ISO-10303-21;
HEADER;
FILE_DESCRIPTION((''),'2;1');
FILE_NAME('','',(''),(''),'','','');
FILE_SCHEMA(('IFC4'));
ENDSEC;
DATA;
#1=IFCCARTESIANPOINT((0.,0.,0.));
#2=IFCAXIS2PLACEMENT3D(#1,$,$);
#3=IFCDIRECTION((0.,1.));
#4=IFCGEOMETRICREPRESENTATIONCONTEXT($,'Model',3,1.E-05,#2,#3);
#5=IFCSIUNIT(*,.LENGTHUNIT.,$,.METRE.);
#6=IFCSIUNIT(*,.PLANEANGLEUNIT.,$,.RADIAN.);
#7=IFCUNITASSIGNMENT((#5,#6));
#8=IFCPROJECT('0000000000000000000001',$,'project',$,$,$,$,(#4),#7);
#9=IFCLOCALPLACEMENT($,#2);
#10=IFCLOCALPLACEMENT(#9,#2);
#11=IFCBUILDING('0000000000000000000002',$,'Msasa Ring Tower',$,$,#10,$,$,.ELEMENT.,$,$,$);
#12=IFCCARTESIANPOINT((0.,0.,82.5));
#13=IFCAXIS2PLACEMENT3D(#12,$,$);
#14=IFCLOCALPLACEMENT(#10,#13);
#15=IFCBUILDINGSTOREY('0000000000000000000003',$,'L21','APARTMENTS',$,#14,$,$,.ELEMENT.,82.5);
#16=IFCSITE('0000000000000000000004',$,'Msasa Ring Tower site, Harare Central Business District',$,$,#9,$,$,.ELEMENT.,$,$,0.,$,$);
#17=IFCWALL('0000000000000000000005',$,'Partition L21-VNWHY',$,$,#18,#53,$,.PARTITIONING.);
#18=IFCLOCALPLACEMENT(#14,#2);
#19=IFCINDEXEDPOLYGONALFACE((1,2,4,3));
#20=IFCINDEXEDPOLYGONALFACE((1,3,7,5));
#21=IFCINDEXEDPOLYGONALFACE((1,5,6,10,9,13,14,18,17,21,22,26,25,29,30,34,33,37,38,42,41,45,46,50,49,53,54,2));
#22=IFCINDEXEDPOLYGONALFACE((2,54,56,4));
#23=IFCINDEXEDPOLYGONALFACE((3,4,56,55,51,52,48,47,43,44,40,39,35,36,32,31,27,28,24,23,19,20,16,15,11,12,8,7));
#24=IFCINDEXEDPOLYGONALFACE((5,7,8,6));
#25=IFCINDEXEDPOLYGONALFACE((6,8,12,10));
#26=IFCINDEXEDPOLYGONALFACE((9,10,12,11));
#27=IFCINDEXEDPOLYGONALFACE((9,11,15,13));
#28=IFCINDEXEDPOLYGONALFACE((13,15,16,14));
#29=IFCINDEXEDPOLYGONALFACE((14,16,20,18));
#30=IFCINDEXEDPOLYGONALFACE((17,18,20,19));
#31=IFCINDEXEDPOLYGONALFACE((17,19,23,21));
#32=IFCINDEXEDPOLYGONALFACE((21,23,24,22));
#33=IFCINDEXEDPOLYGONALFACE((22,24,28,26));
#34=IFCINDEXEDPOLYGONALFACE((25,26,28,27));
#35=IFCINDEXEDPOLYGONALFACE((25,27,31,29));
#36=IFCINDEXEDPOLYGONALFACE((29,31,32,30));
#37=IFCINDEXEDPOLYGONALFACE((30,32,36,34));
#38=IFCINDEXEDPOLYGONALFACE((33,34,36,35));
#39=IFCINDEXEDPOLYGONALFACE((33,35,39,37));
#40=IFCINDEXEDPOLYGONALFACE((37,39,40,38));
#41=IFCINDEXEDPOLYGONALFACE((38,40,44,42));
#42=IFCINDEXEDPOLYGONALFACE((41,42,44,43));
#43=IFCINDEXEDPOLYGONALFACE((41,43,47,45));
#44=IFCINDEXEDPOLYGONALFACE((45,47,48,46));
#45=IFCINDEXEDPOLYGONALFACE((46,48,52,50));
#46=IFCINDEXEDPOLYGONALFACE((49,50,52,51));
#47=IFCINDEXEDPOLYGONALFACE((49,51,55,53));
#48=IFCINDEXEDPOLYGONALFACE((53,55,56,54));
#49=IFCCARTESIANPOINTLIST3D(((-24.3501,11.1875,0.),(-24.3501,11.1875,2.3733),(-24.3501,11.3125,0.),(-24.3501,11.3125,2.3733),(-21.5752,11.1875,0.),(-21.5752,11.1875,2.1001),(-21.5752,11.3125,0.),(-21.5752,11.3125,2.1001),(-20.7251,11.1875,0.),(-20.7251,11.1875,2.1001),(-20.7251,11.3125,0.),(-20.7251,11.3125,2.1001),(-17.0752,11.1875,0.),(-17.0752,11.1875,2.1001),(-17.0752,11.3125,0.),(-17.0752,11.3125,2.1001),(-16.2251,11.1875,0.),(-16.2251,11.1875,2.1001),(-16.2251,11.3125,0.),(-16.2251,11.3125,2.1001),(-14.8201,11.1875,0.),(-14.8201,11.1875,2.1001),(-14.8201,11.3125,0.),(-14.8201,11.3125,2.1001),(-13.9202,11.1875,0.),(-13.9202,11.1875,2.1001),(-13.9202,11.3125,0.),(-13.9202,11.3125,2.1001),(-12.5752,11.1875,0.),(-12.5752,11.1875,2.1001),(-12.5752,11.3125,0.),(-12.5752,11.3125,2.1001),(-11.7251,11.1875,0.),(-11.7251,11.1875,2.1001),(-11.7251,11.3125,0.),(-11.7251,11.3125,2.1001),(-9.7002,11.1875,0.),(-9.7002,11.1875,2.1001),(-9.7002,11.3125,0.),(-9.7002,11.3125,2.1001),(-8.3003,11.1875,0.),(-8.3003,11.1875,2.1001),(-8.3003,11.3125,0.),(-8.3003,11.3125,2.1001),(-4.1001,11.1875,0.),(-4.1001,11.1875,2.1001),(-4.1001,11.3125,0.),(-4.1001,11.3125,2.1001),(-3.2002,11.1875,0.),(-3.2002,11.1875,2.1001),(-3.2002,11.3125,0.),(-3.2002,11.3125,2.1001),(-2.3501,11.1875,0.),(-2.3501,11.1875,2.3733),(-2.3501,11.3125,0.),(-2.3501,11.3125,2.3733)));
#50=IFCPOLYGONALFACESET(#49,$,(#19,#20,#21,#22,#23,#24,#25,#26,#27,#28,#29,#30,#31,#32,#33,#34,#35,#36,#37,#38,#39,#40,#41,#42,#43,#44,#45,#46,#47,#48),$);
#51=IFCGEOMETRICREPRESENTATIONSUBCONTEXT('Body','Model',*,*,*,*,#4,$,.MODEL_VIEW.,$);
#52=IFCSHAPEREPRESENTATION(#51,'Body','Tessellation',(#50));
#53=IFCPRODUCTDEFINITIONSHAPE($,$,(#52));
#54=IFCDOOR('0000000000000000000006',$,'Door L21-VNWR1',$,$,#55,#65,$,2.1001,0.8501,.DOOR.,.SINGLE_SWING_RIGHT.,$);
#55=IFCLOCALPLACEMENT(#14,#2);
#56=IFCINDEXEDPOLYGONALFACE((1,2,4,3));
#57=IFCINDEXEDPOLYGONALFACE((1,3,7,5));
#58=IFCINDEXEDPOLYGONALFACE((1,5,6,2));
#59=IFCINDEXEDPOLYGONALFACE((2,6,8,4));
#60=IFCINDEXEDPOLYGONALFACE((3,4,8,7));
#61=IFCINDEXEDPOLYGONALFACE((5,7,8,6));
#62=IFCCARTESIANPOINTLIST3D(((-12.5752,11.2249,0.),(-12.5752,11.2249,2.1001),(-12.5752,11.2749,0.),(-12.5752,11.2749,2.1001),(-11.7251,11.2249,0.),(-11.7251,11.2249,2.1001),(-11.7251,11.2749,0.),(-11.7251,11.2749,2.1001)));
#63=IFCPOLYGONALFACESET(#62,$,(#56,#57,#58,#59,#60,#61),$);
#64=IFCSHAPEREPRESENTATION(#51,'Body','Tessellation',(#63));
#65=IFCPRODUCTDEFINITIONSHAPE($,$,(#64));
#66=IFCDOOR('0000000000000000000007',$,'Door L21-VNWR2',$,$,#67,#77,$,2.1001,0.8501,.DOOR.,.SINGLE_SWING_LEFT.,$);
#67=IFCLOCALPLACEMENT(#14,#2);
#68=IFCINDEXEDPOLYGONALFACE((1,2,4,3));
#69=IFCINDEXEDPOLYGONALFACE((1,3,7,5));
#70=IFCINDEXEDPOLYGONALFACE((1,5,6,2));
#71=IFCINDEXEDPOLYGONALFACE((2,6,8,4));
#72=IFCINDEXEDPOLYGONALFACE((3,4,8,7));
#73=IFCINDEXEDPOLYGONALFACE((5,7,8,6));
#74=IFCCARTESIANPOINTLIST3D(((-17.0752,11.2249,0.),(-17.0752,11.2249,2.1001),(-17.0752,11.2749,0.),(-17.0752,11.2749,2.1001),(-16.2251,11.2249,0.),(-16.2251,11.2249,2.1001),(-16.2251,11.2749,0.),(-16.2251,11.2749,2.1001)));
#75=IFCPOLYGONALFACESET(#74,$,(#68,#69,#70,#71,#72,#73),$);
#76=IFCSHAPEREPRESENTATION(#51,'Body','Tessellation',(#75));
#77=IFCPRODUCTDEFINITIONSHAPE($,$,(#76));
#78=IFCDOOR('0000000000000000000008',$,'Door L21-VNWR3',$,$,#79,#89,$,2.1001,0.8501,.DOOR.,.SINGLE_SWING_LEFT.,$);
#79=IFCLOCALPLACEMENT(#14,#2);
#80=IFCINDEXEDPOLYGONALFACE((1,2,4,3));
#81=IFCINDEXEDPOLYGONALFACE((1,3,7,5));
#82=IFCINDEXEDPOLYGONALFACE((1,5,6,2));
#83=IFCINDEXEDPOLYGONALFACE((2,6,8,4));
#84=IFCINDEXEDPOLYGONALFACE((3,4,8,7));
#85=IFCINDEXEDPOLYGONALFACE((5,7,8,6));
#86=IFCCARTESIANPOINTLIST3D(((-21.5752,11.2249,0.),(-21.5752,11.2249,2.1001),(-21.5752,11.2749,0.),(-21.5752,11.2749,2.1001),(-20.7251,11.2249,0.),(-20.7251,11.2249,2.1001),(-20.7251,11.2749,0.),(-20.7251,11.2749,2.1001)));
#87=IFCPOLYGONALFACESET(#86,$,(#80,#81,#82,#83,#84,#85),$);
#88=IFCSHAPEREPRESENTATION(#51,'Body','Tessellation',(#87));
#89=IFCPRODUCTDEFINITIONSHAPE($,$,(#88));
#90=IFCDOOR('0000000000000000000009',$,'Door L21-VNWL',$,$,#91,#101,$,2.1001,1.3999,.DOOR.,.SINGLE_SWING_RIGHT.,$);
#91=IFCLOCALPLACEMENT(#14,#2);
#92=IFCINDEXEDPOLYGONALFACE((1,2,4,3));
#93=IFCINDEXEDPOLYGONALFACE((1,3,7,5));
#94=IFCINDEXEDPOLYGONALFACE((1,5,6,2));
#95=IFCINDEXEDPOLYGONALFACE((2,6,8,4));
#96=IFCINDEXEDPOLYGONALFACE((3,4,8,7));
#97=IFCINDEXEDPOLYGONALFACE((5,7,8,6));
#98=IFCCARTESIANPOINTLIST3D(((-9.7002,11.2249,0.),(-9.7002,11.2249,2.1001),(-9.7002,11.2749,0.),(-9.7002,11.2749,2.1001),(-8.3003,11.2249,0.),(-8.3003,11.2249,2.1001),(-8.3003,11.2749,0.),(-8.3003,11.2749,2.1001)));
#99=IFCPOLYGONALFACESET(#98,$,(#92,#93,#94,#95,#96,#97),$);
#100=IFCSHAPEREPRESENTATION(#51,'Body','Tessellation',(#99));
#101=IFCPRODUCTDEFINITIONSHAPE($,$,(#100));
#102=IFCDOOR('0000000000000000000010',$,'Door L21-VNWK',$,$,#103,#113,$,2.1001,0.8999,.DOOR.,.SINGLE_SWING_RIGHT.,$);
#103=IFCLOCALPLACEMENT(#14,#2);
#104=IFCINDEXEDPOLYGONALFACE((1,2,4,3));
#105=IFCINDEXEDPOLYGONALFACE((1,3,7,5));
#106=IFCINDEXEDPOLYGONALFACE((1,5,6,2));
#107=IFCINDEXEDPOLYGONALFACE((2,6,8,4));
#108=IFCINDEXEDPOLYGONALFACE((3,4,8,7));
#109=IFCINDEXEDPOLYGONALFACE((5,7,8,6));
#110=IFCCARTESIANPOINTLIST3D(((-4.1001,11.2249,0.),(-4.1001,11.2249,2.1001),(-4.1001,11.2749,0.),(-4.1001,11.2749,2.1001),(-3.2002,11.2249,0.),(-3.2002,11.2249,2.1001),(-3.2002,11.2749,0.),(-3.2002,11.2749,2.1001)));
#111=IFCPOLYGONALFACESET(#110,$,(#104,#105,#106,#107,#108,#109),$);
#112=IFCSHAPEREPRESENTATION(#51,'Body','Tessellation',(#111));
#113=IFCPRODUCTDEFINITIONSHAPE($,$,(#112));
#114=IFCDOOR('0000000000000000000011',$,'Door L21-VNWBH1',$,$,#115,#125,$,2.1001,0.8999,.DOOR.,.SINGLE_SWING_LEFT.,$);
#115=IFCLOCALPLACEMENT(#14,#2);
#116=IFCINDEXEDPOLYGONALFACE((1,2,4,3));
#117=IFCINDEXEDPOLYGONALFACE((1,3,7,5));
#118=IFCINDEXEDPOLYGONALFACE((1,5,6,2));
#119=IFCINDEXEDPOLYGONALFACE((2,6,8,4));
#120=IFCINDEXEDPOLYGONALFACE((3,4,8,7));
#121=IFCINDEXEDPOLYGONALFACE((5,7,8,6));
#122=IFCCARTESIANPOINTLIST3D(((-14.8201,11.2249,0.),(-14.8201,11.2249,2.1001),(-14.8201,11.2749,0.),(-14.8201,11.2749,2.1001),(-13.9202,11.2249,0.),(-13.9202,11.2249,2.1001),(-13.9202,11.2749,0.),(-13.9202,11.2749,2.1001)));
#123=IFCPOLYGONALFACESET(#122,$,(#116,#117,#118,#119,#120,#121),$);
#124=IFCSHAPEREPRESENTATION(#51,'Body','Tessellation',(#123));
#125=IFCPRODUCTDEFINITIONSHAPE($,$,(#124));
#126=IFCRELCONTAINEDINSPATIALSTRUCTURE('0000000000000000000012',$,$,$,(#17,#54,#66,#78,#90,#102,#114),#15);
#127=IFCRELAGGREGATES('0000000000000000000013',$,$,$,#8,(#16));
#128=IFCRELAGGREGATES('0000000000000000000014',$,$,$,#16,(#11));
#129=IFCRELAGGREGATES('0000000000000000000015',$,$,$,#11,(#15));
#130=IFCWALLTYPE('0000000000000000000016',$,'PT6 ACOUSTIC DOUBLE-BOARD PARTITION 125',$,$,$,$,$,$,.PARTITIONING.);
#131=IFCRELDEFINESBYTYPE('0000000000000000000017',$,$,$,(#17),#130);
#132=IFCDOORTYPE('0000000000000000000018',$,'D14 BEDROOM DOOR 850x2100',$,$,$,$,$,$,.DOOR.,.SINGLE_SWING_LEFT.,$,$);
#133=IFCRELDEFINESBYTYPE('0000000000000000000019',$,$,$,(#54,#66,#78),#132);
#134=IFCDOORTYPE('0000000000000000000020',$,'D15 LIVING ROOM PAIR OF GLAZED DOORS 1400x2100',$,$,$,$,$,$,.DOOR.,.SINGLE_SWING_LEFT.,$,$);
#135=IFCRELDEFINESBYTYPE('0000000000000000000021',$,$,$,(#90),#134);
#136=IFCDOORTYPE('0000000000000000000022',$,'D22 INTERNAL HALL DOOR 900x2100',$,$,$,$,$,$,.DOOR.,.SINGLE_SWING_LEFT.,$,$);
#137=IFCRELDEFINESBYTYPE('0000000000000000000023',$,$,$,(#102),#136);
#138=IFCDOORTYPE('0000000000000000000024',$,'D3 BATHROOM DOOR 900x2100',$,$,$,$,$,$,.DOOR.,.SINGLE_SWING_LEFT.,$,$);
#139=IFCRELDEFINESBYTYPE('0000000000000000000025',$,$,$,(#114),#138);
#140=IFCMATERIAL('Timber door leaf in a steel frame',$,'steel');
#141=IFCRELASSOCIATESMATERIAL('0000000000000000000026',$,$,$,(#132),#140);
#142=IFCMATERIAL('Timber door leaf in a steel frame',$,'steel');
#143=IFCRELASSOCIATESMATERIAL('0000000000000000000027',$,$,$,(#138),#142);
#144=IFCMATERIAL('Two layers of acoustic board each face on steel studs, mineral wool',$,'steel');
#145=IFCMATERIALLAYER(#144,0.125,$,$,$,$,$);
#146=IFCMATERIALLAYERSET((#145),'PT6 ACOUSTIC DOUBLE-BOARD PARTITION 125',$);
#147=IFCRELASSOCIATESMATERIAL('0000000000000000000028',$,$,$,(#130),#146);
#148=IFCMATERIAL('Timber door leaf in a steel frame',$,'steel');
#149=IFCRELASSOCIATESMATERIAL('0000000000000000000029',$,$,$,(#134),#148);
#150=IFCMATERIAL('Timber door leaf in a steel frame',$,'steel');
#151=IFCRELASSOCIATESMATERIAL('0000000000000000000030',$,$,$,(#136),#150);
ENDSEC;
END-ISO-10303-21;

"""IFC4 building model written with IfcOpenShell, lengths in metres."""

from ifc_helpers import new_model, si_unit, direction, frame, frame_2d, origin, place, context, subcontext, project, spatial, rectangle, extrude, material, layer, layer_set, type_object, element, fill, save


model = new_model("IFC4")

# Units and contexts
model_context = context("Model", 3, precision=1e-05, world=origin(), true_north=direction((0.0, 1.0)))
body_context = subcontext(model_context, "Body", "Model", "MODEL_VIEW")
ifc_project = project(units=[si_unit("LENGTHUNIT", "METRE"), si_unit("PLANEANGLEUNIT", "RADIAN")], contexts=[model_context])

# Site, building, storey
site_placement = place(None, origin())
site = spatial("IfcSite", under=ifc_project, at=site_placement, Name="Msasa Ring Tower site, Harare Central Business District", CompositionType="ELEMENT", RefElevation=0.0)
building_placement = place(site_placement, origin())
building = spatial("IfcBuilding", under=site, at=building_placement, Name="Msasa Ring Tower", CompositionType="ELEMENT")
storey_placement = place(building_placement, frame((0.0, 0.0, 82.5)))
storey = spatial("IfcBuildingStorey", under=building, at=storey_placement, Name="L21", Description="APARTMENTS", CompositionType="ELEMENT", Elevation=82.5)

# Shared definitions
ifc_material_1 = material(Name="Timber door leaf in a steel frame", Category="steel")
door_type_1 = type_object("IfcDoorType", Name="D14 BEDROOM DOOR 850x2100", OperationType="SINGLE_SWING_LEFT", PredefinedType="DOOR", material=ifc_material_1)
ifc_material_2 = material(Name="Timber door leaf in a steel frame", Category="steel")
door_type_2 = type_object("IfcDoorType", Name="D3 BATHROOM DOOR 900x2100", OperationType="SINGLE_SWING_LEFT", PredefinedType="DOOR", material=ifc_material_2)

# Wall, openings, doors
ifc_material_3 = material(Name="Two layers of acoustic board each face on steel studs, mineral wool", Category="steel")
ifc_layer_1 = layer(ifc_material_3, 0.125)
ifc_layer_set_1 = layer_set([ifc_layer_1], Name="PT6 ACOUSTIC DOUBLE-BOARD PARTITION 125")
wall_type_1 = type_object("IfcWallType", Name="PT6 ACOUSTIC DOUBLE-BOARD PARTITION 125", PredefinedType="PARTITIONING", material=ifc_layer_set_1)
wall_1_placement = place(storey_placement, frame((-24.3501, 11.25, 0.0), z_axis=(0.0, 0.0, 1.0), x_axis=(1.0, 0.0, 0.0)))
wall_1 = element("IfcWall", 1, at=wall_1_placement, inside=storey, type_object=wall_type_1, Name="Partition L21-VNWHY", PredefinedType="PARTITIONING", context=body_context, shape_type="SweptSolid", body=[
    extrude(rectangle(XDim=22.0, YDim=0.125, at=frame_2d((11.0, 0.0))), origin(), (0.0, 0.0, 1.0), 2.3733),
])
opening_1_placement = place(wall_1_placement, frame((20.25, 0.0, 0.0)))
opening_1 = element("IfcOpeningElement", 2, at=opening_1_placement, cuts=wall_1, PredefinedType="OPENING", context=body_context, shape_type="SweptSolid", body=[
    extrude(rectangle(XDim=0.8999, YDim=2.1001, at=frame_2d((0.45, 1.05))), frame((0.0, 0.0725, 0.0), z_axis=(0.0, -1.0, 0.0), x_axis=(1.0, 0.0, 0.0)), (0.0, 0.0, 1.0), 0.145),
])
opening_2_placement = place(wall_1_placement, frame((14.6499, 0.0, 0.0)))
opening_2 = element("IfcOpeningElement", 3, at=opening_2_placement, cuts=wall_1, PredefinedType="OPENING", context=body_context, shape_type="SweptSolid", body=[
    extrude(rectangle(XDim=1.3999, YDim=2.1001, at=frame_2d((0.7, 1.05))), frame((0.0, 0.0725, 0.0), z_axis=(0.0, -1.0, 0.0), x_axis=(1.0, 0.0, 0.0)), (0.0, 0.0, 1.0), 0.145),
])
opening_3_placement = place(wall_1_placement, frame((11.7749, 0.0, 0.0)))
opening_3 = element("IfcOpeningElement", 4, at=opening_3_placement, cuts=wall_1, PredefinedType="OPENING", context=body_context, shape_type="SweptSolid", body=[
    extrude(rectangle(XDim=0.8501, YDim=2.1001, at=frame_2d((0.425, 1.05))), frame((0.0, 0.0725, 0.0), z_axis=(0.0, -1.0, 0.0), x_axis=(1.0, 0.0, 0.0)), (0.0, 0.0, 1.0), 0.145),
])
opening_4_placement = place(wall_1_placement, frame((9.53, 0.0, 0.0)))
opening_4 = element("IfcOpeningElement", 5, at=opening_4_placement, cuts=wall_1, PredefinedType="OPENING", context=body_context, shape_type="SweptSolid", body=[
    extrude(rectangle(XDim=0.8999, YDim=2.1001, at=frame_2d((0.45, 1.05))), frame((0.0, 0.0725, 0.0), z_axis=(0.0, -1.0, 0.0), x_axis=(1.0, 0.0, 0.0)), (0.0, 0.0, 1.0), 0.145),
])
opening_5_placement = place(wall_1_placement, frame((7.2749, 0.0, 0.0)))
opening_5 = element("IfcOpeningElement", 6, at=opening_5_placement, cuts=wall_1, PredefinedType="OPENING", context=body_context, shape_type="SweptSolid", body=[
    extrude(rectangle(XDim=0.8501, YDim=2.1001, at=frame_2d((0.425, 1.05))), frame((0.0, 0.0725, 0.0), z_axis=(0.0, -1.0, 0.0), x_axis=(1.0, 0.0, 0.0)), (0.0, 0.0, 1.0), 0.145),
])
opening_6_placement = place(wall_1_placement, frame((2.7749, 0.0, 0.0)))
opening_6 = element("IfcOpeningElement", 7, at=opening_6_placement, cuts=wall_1, PredefinedType="OPENING", context=body_context, shape_type="SweptSolid", body=[
    extrude(rectangle(XDim=0.8501, YDim=2.1001, at=frame_2d((0.425, 1.05))), frame((0.0, 0.0725, 0.0), z_axis=(0.0, -1.0, 0.0), x_axis=(1.0, 0.0, 0.0)), (0.0, 0.0, 1.0), 0.145),
])
door_1_placement = place(opening_3_placement, origin())
door_1 = element("IfcDoor", 8, at=door_1_placement, inside=storey, type_object=door_type_1, Name="Door L21-VNWR1", OperationType="SINGLE_SWING_RIGHT", OverallHeight=2.1001, OverallWidth=0.8501, PredefinedType="DOOR", context=body_context, shape_type="SweptSolid", body=[
    extrude(rectangle(XDim=0.8501, YDim=2.1001, at=frame_2d((0.425, 1.05))), frame((0.0, 0.0249, 0.0), z_axis=(0.0, -1.0, 0.0), x_axis=(1.0, 0.0, 0.0)), (0.0, 0.0, 1.0), 0.05),
])
fill(opening_3, door_1)
door_2_placement = place(opening_5_placement, origin())
door_2 = element("IfcDoor", 9, at=door_2_placement, inside=storey, type_object=door_type_1, Name="Door L21-VNWR2", OperationType="SINGLE_SWING_LEFT", OverallHeight=2.1001, OverallWidth=0.8501, PredefinedType="DOOR", context=body_context, shape_type="SweptSolid", body=[
    extrude(rectangle(XDim=0.8501, YDim=2.1001, at=frame_2d((0.425, 1.05))), frame((0.0, 0.0249, 0.0), z_axis=(0.0, -1.0, 0.0), x_axis=(1.0, 0.0, 0.0)), (0.0, 0.0, 1.0), 0.05),
])
fill(opening_5, door_2)
door_3_placement = place(opening_6_placement, origin())
door_3 = element("IfcDoor", 10, at=door_3_placement, inside=storey, type_object=door_type_1, Name="Door L21-VNWR3", OperationType="SINGLE_SWING_LEFT", OverallHeight=2.1001, OverallWidth=0.8501, PredefinedType="DOOR", context=body_context, shape_type="SweptSolid", body=[
    extrude(rectangle(XDim=0.8501, YDim=2.1001, at=frame_2d((0.425, 1.05))), frame((0.0, 0.0249, 0.0), z_axis=(0.0, -1.0, 0.0), x_axis=(1.0, 0.0, 0.0)), (0.0, 0.0, 1.0), 0.05),
])
fill(opening_6, door_3)
ifc_material_4 = material(Name="Timber door leaf in a steel frame", Category="steel")
door_type_3 = type_object("IfcDoorType", Name="D15 LIVING ROOM PAIR OF GLAZED DOORS 1400x2100", OperationType="SINGLE_SWING_LEFT", PredefinedType="DOOR", material=ifc_material_4)
door_4_placement = place(opening_2_placement, origin())
door_4 = element("IfcDoor", 11, at=door_4_placement, inside=storey, type_object=door_type_3, Name="Door L21-VNWL", OperationType="SINGLE_SWING_RIGHT", OverallHeight=2.1001, OverallWidth=1.3999, PredefinedType="DOOR", context=body_context, shape_type="SweptSolid", body=[
    extrude(rectangle(XDim=1.3999, YDim=2.1001, at=frame_2d((0.7, 1.05))), frame((0.0, 0.0249, 0.0), z_axis=(0.0, -1.0, 0.0), x_axis=(1.0, 0.0, 0.0)), (0.0, 0.0, 1.0), 0.05),
])
fill(opening_2, door_4)
ifc_material_5 = material(Name="Timber door leaf in a steel frame", Category="steel")
door_type_4 = type_object("IfcDoorType", Name="D22 INTERNAL HALL DOOR 900x2100", OperationType="SINGLE_SWING_LEFT", PredefinedType="DOOR", material=ifc_material_5)
door_5_placement = place(opening_1_placement, origin())
door_5 = element("IfcDoor", 12, at=door_5_placement, inside=storey, type_object=door_type_4, Name="Door L21-VNWK", OperationType="SINGLE_SWING_RIGHT", OverallHeight=2.1001, OverallWidth=0.8999, PredefinedType="DOOR", context=body_context, shape_type="SweptSolid", body=[
    extrude(rectangle(XDim=0.8999, YDim=2.1001, at=frame_2d((0.45, 1.05))), frame((0.0, 0.0249, 0.0), z_axis=(0.0, -1.0, 0.0), x_axis=(1.0, 0.0, 0.0)), (0.0, 0.0, 1.0), 0.05),
])
fill(opening_1, door_5)
door_6_placement = place(opening_4_placement, origin())
door_6 = element("IfcDoor", 13, at=door_6_placement, inside=storey, type_object=door_type_2, Name="Door L21-VNWBH1", OperationType="SINGLE_SWING_LEFT", OverallHeight=2.1001, OverallWidth=0.8999, PredefinedType="DOOR", context=body_context, shape_type="SweptSolid", body=[
    extrude(rectangle(XDim=0.8999, YDim=2.1001, at=frame_2d((0.45, 1.05))), frame((0.0, 0.0249, 0.0), z_axis=(0.0, -1.0, 0.0), x_axis=(1.0, 0.0, 0.0)), (0.0, 0.0, 1.0), 0.05),
])
fill(opening_4, door_6)

save(model, "model.ifc")
